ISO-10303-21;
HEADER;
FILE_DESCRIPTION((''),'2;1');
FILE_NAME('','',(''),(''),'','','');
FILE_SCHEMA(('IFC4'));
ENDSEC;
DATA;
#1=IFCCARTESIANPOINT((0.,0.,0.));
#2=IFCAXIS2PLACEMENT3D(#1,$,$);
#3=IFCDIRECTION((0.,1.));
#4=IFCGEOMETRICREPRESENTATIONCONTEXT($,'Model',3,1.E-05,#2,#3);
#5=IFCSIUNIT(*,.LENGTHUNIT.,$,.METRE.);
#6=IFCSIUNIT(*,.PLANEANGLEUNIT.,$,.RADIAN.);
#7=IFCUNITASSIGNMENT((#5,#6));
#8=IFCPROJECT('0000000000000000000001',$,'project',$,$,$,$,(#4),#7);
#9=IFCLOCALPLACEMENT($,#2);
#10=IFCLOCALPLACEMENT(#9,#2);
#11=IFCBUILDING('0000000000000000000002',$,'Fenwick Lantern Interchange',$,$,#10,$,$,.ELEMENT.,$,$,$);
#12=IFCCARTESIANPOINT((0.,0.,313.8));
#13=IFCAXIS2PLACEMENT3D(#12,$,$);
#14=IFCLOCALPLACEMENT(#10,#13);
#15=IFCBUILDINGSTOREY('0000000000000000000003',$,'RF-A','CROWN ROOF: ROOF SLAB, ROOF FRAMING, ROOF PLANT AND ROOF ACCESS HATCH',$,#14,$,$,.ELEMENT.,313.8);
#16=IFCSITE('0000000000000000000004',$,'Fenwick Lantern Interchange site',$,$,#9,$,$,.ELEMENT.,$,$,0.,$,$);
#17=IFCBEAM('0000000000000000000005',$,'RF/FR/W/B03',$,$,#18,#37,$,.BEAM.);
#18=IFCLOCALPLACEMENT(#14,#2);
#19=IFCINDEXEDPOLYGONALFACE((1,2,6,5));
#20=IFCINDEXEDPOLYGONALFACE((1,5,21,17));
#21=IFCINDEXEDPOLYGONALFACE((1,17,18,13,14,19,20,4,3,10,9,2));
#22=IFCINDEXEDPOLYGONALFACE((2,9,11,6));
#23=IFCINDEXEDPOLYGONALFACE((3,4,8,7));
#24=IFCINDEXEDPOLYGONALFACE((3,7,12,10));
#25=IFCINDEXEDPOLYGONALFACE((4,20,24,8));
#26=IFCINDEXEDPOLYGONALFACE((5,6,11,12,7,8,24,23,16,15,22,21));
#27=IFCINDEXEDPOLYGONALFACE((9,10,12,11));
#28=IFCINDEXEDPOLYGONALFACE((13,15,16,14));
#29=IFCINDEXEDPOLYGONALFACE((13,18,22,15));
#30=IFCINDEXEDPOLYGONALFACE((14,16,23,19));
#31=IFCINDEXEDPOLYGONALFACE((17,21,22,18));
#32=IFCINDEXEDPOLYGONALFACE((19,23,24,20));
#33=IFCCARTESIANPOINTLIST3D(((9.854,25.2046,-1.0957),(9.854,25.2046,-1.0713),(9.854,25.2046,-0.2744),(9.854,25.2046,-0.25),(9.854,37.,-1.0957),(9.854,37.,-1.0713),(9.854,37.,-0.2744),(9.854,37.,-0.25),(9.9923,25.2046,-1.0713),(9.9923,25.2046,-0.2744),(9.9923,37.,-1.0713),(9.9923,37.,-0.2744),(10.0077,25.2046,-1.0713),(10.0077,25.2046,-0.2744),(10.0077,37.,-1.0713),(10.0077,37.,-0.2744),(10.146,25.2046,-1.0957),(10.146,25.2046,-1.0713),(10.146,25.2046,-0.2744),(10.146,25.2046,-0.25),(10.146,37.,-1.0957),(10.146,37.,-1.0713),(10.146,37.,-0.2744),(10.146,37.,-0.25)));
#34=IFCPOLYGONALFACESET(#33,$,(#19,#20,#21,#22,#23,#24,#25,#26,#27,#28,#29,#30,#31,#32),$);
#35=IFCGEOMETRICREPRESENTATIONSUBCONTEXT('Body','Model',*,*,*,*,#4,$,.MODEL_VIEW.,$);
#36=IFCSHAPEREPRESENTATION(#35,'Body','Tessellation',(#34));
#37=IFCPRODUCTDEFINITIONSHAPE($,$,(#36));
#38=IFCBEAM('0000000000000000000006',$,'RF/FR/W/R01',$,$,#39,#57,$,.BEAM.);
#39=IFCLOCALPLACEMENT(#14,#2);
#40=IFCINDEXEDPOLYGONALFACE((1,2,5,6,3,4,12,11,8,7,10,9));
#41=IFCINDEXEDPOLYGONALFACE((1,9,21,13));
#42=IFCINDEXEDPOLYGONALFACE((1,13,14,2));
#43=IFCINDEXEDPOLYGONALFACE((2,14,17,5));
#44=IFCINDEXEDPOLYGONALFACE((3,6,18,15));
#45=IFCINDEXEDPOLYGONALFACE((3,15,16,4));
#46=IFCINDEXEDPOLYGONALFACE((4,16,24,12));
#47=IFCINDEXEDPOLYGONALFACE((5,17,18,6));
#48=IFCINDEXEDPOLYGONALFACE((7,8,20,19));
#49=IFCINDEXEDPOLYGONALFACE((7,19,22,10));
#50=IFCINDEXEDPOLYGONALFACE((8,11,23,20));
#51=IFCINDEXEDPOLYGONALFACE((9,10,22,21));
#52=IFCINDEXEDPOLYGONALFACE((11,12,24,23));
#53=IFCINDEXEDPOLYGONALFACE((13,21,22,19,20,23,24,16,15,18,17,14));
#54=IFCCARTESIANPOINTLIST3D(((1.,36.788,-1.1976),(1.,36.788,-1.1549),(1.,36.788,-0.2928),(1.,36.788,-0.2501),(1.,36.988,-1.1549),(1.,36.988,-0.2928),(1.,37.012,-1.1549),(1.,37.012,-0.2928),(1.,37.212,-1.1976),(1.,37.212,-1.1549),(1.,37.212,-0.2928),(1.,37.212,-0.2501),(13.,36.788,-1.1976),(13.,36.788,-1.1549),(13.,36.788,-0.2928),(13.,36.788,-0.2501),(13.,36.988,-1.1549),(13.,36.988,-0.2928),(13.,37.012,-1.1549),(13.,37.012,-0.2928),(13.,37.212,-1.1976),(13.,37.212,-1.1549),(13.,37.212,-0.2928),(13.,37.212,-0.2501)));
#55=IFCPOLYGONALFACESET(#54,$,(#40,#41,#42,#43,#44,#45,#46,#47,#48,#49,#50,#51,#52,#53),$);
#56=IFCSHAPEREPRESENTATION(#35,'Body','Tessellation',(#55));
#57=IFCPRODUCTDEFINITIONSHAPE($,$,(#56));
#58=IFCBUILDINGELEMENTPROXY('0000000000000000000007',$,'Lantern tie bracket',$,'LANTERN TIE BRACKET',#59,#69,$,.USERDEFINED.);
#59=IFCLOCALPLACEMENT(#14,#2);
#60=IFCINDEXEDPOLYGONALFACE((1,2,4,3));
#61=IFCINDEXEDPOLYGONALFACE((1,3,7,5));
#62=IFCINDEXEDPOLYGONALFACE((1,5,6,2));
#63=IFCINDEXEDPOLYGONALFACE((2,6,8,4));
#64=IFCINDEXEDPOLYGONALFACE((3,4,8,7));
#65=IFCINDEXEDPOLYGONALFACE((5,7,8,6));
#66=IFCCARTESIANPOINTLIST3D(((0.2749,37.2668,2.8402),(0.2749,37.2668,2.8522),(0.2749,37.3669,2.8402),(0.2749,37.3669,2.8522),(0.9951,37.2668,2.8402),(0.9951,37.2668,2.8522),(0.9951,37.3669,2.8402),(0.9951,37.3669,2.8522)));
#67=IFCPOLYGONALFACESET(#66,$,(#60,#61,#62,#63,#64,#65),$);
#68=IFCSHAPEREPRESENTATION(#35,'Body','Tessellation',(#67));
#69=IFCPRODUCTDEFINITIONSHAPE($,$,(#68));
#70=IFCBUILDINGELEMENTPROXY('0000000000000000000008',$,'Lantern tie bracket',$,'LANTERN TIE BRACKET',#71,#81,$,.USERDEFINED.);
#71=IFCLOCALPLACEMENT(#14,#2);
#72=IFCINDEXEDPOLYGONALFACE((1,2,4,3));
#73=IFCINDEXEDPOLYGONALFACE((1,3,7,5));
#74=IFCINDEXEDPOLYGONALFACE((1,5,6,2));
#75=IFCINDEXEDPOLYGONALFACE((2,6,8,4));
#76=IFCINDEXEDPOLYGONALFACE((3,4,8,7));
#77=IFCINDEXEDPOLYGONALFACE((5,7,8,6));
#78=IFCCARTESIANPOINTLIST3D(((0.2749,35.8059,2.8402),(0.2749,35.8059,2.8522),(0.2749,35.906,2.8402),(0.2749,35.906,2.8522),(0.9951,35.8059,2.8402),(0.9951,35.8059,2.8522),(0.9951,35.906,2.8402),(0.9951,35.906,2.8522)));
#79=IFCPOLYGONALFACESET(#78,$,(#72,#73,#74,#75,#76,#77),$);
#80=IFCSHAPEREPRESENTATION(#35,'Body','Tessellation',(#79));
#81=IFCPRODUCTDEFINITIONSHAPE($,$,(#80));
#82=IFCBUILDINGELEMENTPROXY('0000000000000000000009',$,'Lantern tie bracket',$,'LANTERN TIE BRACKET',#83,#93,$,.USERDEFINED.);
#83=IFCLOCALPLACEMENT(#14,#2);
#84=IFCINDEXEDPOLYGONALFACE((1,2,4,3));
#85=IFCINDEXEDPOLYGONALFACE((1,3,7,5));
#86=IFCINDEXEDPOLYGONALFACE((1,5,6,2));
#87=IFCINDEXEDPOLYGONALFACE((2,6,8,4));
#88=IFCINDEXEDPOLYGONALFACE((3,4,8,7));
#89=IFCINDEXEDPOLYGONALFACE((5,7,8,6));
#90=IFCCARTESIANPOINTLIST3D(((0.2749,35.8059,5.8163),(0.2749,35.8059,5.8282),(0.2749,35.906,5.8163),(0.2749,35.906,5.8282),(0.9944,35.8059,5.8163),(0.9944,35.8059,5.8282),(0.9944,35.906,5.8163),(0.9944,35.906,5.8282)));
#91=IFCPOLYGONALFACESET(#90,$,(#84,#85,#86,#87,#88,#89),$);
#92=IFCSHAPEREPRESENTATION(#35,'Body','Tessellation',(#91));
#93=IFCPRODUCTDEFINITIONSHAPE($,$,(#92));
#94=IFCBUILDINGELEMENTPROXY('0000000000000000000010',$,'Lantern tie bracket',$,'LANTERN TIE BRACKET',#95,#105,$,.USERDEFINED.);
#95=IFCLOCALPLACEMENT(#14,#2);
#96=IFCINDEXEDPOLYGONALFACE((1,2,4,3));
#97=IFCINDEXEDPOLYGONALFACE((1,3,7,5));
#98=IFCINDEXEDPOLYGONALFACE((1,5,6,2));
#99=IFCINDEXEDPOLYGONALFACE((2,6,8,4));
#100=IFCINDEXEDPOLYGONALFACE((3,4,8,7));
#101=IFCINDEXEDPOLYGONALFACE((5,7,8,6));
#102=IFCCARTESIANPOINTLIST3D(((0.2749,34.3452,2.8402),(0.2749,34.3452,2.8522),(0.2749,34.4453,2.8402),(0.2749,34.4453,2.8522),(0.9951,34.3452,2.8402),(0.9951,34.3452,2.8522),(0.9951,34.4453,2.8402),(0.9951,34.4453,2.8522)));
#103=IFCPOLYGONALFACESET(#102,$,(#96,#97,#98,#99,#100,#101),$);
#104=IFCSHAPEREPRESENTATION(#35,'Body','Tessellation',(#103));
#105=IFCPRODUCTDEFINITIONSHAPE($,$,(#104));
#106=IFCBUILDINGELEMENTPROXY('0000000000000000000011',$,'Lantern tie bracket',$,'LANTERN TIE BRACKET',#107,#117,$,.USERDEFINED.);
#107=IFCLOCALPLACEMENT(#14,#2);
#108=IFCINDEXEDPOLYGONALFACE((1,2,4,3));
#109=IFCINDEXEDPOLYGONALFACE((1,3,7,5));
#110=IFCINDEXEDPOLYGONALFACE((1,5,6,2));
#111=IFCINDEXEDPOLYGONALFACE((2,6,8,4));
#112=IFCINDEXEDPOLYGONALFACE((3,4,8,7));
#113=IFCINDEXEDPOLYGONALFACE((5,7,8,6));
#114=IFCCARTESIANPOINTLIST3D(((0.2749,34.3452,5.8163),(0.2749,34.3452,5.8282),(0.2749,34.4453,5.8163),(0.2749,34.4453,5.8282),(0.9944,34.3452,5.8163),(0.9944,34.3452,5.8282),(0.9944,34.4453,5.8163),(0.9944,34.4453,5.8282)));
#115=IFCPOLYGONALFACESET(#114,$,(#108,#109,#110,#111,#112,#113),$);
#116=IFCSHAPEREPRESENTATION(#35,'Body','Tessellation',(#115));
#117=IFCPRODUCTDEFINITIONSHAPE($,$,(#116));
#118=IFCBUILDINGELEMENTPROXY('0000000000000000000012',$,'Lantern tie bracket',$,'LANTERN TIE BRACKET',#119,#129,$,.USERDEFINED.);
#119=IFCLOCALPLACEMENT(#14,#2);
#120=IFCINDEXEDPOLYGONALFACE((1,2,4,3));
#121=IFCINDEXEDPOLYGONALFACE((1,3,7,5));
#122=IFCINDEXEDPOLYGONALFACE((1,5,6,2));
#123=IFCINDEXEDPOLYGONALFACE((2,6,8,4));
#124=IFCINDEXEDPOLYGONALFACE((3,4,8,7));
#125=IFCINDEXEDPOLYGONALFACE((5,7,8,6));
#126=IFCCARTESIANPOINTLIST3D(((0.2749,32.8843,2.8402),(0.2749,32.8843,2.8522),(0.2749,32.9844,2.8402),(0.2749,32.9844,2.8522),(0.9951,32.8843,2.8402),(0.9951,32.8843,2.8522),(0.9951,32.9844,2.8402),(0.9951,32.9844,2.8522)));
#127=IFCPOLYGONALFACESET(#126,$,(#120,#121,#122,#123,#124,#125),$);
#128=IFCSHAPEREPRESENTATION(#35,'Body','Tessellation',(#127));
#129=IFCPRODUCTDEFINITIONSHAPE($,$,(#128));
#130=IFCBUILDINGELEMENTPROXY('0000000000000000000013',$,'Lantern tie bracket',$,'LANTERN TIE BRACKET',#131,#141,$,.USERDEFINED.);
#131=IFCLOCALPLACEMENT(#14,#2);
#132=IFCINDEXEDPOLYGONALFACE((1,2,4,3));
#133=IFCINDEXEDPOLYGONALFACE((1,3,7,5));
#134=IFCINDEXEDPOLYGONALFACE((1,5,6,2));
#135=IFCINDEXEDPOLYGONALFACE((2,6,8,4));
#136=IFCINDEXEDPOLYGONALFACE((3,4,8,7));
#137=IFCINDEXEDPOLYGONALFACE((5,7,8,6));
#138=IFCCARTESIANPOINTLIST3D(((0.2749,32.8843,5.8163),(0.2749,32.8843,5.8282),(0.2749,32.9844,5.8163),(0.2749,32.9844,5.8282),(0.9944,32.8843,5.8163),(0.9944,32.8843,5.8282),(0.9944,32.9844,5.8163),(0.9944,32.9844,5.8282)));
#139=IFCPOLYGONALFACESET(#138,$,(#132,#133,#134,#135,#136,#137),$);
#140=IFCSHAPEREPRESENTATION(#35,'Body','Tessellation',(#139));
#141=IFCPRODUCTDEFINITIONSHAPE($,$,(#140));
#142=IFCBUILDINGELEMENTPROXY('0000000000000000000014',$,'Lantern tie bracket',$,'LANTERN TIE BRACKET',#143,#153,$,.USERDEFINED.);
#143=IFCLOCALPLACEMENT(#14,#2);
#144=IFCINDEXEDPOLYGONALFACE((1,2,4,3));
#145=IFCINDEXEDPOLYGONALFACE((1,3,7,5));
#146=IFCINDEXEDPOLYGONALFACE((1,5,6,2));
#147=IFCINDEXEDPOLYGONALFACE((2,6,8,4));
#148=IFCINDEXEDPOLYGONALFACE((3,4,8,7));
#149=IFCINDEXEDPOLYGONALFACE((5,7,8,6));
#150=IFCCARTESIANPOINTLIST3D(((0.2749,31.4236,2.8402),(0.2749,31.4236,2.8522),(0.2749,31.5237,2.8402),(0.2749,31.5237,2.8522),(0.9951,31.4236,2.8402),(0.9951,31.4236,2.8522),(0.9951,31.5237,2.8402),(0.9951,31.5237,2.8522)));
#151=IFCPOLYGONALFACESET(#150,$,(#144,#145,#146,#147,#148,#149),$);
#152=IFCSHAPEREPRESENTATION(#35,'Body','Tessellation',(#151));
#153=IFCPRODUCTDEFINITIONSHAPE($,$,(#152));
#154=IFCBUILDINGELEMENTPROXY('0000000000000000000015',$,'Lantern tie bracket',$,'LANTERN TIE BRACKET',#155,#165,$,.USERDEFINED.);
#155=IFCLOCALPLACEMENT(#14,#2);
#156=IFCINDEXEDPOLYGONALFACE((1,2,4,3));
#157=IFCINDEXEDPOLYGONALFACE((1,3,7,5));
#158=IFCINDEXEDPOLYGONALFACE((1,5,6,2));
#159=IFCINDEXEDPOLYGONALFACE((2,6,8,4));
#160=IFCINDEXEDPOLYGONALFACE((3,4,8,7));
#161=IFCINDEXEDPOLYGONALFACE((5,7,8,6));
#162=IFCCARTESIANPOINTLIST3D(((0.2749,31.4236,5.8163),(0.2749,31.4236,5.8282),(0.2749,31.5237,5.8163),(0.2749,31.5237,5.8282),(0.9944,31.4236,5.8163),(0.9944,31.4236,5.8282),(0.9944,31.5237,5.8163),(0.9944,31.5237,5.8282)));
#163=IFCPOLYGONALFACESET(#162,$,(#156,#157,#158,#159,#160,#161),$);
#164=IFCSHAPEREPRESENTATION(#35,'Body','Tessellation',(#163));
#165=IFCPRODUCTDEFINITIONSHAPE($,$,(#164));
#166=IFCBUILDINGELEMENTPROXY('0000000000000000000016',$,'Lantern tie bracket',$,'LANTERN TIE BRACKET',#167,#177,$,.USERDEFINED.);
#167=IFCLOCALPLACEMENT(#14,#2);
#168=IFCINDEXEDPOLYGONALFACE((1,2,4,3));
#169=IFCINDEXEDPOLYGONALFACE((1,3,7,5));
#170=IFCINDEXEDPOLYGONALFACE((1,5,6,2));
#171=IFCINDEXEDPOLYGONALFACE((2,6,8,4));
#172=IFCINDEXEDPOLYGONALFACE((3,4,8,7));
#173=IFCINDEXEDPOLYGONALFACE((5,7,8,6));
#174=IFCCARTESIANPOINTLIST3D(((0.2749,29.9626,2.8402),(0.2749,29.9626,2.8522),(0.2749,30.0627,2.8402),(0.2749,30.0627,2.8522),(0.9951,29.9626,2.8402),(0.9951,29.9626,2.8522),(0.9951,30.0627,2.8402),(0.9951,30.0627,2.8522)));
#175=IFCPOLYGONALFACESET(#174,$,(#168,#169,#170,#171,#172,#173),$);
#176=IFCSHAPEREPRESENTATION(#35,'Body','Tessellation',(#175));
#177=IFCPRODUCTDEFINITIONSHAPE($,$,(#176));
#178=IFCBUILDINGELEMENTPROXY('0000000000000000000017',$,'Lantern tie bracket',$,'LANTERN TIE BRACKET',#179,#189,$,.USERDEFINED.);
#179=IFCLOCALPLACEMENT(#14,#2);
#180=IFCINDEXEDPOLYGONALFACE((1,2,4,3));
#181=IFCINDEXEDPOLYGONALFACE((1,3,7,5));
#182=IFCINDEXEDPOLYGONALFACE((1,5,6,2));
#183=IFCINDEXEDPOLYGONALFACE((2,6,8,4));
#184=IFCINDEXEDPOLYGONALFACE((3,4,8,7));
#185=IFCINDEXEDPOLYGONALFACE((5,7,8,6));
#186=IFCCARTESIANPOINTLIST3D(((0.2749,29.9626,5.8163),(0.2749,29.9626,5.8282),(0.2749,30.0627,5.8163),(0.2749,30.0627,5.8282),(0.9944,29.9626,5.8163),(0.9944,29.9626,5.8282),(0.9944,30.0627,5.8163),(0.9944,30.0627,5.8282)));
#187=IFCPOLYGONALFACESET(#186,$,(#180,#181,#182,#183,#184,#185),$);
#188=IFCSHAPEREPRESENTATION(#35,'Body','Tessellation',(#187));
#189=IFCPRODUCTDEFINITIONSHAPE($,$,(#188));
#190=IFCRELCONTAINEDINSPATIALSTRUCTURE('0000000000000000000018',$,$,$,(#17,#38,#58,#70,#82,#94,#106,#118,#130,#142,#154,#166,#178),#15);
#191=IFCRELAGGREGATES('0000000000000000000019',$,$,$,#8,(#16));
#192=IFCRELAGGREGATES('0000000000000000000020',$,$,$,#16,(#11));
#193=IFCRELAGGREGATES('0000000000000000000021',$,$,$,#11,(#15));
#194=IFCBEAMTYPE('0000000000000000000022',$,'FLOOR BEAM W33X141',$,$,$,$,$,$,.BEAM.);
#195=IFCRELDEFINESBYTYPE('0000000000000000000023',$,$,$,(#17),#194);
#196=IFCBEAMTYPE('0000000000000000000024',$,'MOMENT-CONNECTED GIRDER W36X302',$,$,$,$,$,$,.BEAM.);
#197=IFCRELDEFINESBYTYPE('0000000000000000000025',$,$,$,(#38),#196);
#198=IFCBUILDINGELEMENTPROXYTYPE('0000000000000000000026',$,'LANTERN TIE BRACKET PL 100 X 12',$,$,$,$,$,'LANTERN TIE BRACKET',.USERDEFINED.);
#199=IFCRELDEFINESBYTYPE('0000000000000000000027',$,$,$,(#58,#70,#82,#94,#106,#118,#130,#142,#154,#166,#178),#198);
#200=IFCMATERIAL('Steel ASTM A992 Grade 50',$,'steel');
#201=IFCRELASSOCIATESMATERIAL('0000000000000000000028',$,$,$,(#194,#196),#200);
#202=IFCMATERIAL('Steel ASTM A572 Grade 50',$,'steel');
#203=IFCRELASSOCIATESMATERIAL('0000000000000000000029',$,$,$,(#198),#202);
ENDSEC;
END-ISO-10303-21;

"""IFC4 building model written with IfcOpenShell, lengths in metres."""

from ifc_helpers import new_model, si_unit, direction, frame, origin, origin_2d, place, context, subcontext, project, spatial, rectangle, i_section, extrude, material, material_profile, profile_set, type_object, element, save


model = new_model("IFC4")

# Units and contexts
model_context = context("Model", 3, precision=1e-05, world=origin(), true_north=direction((0.0, 1.0)))
body_context = subcontext(model_context, "Body", "Model", "MODEL_VIEW")
ifc_project = project(units=[si_unit("LENGTHUNIT", "METRE"), si_unit("PLANEANGLEUNIT", "RADIAN")], contexts=[model_context])

# Site, building, storey
site_placement = place(None, origin())
site = spatial("IfcSite", under=ifc_project, at=site_placement, Name="Fenwick Lantern Interchange site", CompositionType="ELEMENT", RefElevation=0.0)
building_placement = place(site_placement, origin())
building = spatial("IfcBuilding", under=site, at=building_placement, Name="Fenwick Lantern Interchange", CompositionType="ELEMENT")
storey_placement = place(building_placement, frame((0.0, 0.0, 313.8)))
storey = spatial("IfcBuildingStorey", under=building, at=storey_placement, Name="RF-A", Description="CROWN ROOF: ROOF SLAB, ROOF FRAMING, ROOF PLANT AND ROOF ACCESS HATCH", CompositionType="ELEMENT", Elevation=313.8)

# Shared definitions
ifc_material_1 = material(Name="Steel ASTM A992 Grade 50", Category="steel")

# Beams
ifc_material_profile_1 = material_profile(ifc_material_1, i_section(OverallWidth=0.292, OverallDepth=0.8457, WebThickness=0.0154, FlangeThickness=0.0244, at=origin_2d()), Name="W33X141")
ifc_profile_set_1 = profile_set([ifc_material_profile_1], Name="Steel ASTM A992 Grade 50")
beam_type_1 = type_object("IfcBeamType", Name="FLOOR BEAM W33X141", PredefinedType="BEAM", material=ifc_profile_set_1)
for number, where, z_axis, x_axis, name in (
    (1, (10.0, 37.0, -0.6729), (0.0, -1.0, 0.0), (1.0, 0.0, 0.0), "RF/FR/W/B03"),
):
    element("IfcBeam", number, at=place(storey_placement, frame(where, z_axis=z_axis, x_axis=x_axis)), inside=storey, type_object=beam_type_1, Name=name, PredefinedType="BEAM", context=body_context, shape_type="SweptSolid", body=[
        extrude(i_section(OverallWidth=0.292, OverallDepth=0.8457, WebThickness=0.0154, FlangeThickness=0.0244, at=origin_2d()), origin(), (0.0, 0.0, 1.0), 11.7954),
    ])
ifc_material_profile_2 = material_profile(ifc_material_1, i_section(OverallWidth=0.4241, OverallDepth=0.9475, WebThickness=0.0239, FlangeThickness=0.0427, at=origin_2d()), Name="W36X302")
ifc_profile_set_2 = profile_set([ifc_material_profile_2], Name="Steel ASTM A992 Grade 50")
beam_type_2 = type_object("IfcBeamType", Name="MOMENT-CONNECTED GIRDER W36X302", PredefinedType="BEAM", material=ifc_profile_set_2)
beam_1_placement = place(storey_placement, frame((1.0, 37.0, -0.7239), z_axis=(1.0, 0.0, 0.0), x_axis=(0.0, 1.0, 0.0)))
element("IfcBeam", 2, at=beam_1_placement, inside=storey, type_object=beam_type_2, Name="RF/FR/W/R01", PredefinedType="BEAM", context=body_context, shape_type="SweptSolid", body=[
    extrude(i_section(OverallWidth=0.4241, OverallDepth=0.9475, WebThickness=0.0239, FlangeThickness=0.0427, at=origin_2d()), origin(), (0.0, 0.0, 1.0), 12.0),
])

# Building element proxies
ifc_material_2 = material(Name="Steel ASTM A572 Grade 50", Category="steel")
ifc_material_profile_3 = material_profile(ifc_material_2, rectangle(XDim=0.1001, YDim=0.012, at=origin_2d()), Name="PL100X12")
ifc_profile_set_3 = profile_set([ifc_material_profile_3], Name="Steel ASTM A572 Grade 50")
building_element_proxy_type_1 = type_object("IfcBuildingElementProxyType", Name="LANTERN TIE BRACKET PL 100 X 12", ElementType="LANTERN TIE BRACKET", PredefinedType="USERDEFINED", material=ifc_profile_set_3)
for number, where, z_axis, x_axis, name in (
    (3, (0.2749, 37.3169, 2.8462), (1.0, 0.0, 0.0), (0.0, 1.0, 0.0), "Lantern tie bracket"),
    (4, (0.2749, 35.856, 2.8462), (1.0, 0.0, 0.0), (0.0, 1.0, 0.0), "Lantern tie bracket"),
):
    element("IfcBuildingElementProxy", number, at=place(storey_placement, frame(where, z_axis=z_axis, x_axis=x_axis)), inside=storey, type_object=building_element_proxy_type_1, Name=name, ObjectType="LANTERN TIE BRACKET", PredefinedType="USERDEFINED", context=body_context, shape_type="SweptSolid", body=[
        extrude(rectangle(XDim=0.1001, YDim=0.012, at=origin_2d()), origin(), (0.0, 0.0, 1.0), 0.7202),
    ])
proxy_1_placement = place(storey_placement, frame((0.2749, 35.856, 5.8223), z_axis=(1.0, 0.0, 0.0), x_axis=(0.0, 1.0, 0.0)))
element("IfcBuildingElementProxy", 5, at=proxy_1_placement, inside=storey, type_object=building_element_proxy_type_1, Name="Lantern tie bracket", ObjectType="LANTERN TIE BRACKET", PredefinedType="USERDEFINED", context=body_context, shape_type="SweptSolid", body=[
    extrude(rectangle(XDim=0.1001, YDim=0.012, at=origin_2d()), origin(), (0.0, 0.0, 1.0), 0.7195),
])
proxy_2_placement = place(storey_placement, frame((0.2749, 34.3953, 2.8462), z_axis=(1.0, 0.0, 0.0), x_axis=(0.0, 1.0, 0.0)))
element("IfcBuildingElementProxy", 6, at=proxy_2_placement, inside=storey, type_object=building_element_proxy_type_1, Name="Lantern tie bracket", ObjectType="LANTERN TIE BRACKET", PredefinedType="USERDEFINED", context=body_context, shape_type="SweptSolid", body=[
    extrude(rectangle(XDim=0.1001, YDim=0.012, at=origin_2d()), origin(), (0.0, 0.0, 1.0), 0.7202),
])
proxy_3_placement = place(storey_placement, frame((0.2749, 34.3953, 5.8223), z_axis=(1.0, 0.0, 0.0), x_axis=(0.0, 1.0, 0.0)))
element("IfcBuildingElementProxy", 7, at=proxy_3_placement, inside=storey, type_object=building_element_proxy_type_1, Name="Lantern tie bracket", ObjectType="LANTERN TIE BRACKET", PredefinedType="USERDEFINED", context=body_context, shape_type="SweptSolid", body=[
    extrude(rectangle(XDim=0.1001, YDim=0.012, at=origin_2d()), origin(), (0.0, 0.0, 1.0), 0.7195),
])
proxy_4_placement = place(storey_placement, frame((0.2749, 32.9343, 2.8462), z_axis=(1.0, 0.0, 0.0), x_axis=(0.0, 1.0, 0.0)))
element("IfcBuildingElementProxy", 8, at=proxy_4_placement, inside=storey, type_object=building_element_proxy_type_1, Name="Lantern tie bracket", ObjectType="LANTERN TIE BRACKET", PredefinedType="USERDEFINED", context=body_context, shape_type="SweptSolid", body=[
    extrude(rectangle(XDim=0.1001, YDim=0.012, at=origin_2d()), origin(), (0.0, 0.0, 1.0), 0.7202),
])
proxy_5_placement = place(storey_placement, frame((0.2749, 32.9343, 5.8223), z_axis=(1.0, 0.0, 0.0), x_axis=(0.0, 1.0, 0.0)))
element("IfcBuildingElementProxy", 9, at=proxy_5_placement, inside=storey, type_object=building_element_proxy_type_1, Name="Lantern tie bracket", ObjectType="LANTERN TIE BRACKET", PredefinedType="USERDEFINED", context=body_context, shape_type="SweptSolid", body=[
    extrude(rectangle(XDim=0.1001, YDim=0.012, at=origin_2d()), origin(), (0.0, 0.0, 1.0), 0.7195),
])
proxy_6_placement = place(storey_placement, frame((0.2749, 31.4736, 2.8462), z_axis=(1.0, 0.0, 0.0), x_axis=(0.0, 1.0, 0.0)))
element("IfcBuildingElementProxy", 10, at=proxy_6_placement, inside=storey, type_object=building_element_proxy_type_1, Name="Lantern tie bracket", ObjectType="LANTERN TIE BRACKET", PredefinedType="USERDEFINED", context=body_context, shape_type="SweptSolid", body=[
    extrude(rectangle(XDim=0.1001, YDim=0.012, at=origin_2d()), origin(), (0.0, 0.0, 1.0), 0.7202),
])
proxy_7_placement = place(storey_placement, frame((0.2749, 31.4736, 5.8223), z_axis=(1.0, 0.0, 0.0), x_axis=(0.0, 1.0, 0.0)))
element("IfcBuildingElementProxy", 11, at=proxy_7_placement, inside=storey, type_object=building_element_proxy_type_1, Name="Lantern tie bracket", ObjectType="LANTERN TIE BRACKET", PredefinedType="USERDEFINED", context=body_context, shape_type="SweptSolid", body=[
    extrude(rectangle(XDim=0.1001, YDim=0.012, at=origin_2d()), origin(), (0.0, 0.0, 1.0), 0.7195),
])
proxy_8_placement = place(storey_placement, frame((0.2749, 30.0127, 2.8462), z_axis=(1.0, 0.0, 0.0), x_axis=(0.0, 1.0, 0.0)))
element("IfcBuildingElementProxy", 12, at=proxy_8_placement, inside=storey, type_object=building_element_proxy_type_1, Name="Lantern tie bracket", ObjectType="LANTERN TIE BRACKET", PredefinedType="USERDEFINED", context=body_context, shape_type="SweptSolid", body=[
    extrude(rectangle(XDim=0.1001, YDim=0.012, at=origin_2d()), origin(), (0.0, 0.0, 1.0), 0.7202),
])
proxy_9_placement = place(storey_placement, frame((0.2749, 30.0127, 5.8223), z_axis=(1.0, 0.0, 0.0), x_axis=(0.0, 1.0, 0.0)))
element("IfcBuildingElementProxy", 13, at=proxy_9_placement, inside=storey, type_object=building_element_proxy_type_1, Name="Lantern tie bracket", ObjectType="LANTERN TIE BRACKET", PredefinedType="USERDEFINED", context=body_context, shape_type="SweptSolid", body=[
    extrude(rectangle(XDim=0.1001, YDim=0.012, at=origin_2d()), origin(), (0.0, 0.0, 1.0), 0.7195),
])

save(model, "model.ifc")
